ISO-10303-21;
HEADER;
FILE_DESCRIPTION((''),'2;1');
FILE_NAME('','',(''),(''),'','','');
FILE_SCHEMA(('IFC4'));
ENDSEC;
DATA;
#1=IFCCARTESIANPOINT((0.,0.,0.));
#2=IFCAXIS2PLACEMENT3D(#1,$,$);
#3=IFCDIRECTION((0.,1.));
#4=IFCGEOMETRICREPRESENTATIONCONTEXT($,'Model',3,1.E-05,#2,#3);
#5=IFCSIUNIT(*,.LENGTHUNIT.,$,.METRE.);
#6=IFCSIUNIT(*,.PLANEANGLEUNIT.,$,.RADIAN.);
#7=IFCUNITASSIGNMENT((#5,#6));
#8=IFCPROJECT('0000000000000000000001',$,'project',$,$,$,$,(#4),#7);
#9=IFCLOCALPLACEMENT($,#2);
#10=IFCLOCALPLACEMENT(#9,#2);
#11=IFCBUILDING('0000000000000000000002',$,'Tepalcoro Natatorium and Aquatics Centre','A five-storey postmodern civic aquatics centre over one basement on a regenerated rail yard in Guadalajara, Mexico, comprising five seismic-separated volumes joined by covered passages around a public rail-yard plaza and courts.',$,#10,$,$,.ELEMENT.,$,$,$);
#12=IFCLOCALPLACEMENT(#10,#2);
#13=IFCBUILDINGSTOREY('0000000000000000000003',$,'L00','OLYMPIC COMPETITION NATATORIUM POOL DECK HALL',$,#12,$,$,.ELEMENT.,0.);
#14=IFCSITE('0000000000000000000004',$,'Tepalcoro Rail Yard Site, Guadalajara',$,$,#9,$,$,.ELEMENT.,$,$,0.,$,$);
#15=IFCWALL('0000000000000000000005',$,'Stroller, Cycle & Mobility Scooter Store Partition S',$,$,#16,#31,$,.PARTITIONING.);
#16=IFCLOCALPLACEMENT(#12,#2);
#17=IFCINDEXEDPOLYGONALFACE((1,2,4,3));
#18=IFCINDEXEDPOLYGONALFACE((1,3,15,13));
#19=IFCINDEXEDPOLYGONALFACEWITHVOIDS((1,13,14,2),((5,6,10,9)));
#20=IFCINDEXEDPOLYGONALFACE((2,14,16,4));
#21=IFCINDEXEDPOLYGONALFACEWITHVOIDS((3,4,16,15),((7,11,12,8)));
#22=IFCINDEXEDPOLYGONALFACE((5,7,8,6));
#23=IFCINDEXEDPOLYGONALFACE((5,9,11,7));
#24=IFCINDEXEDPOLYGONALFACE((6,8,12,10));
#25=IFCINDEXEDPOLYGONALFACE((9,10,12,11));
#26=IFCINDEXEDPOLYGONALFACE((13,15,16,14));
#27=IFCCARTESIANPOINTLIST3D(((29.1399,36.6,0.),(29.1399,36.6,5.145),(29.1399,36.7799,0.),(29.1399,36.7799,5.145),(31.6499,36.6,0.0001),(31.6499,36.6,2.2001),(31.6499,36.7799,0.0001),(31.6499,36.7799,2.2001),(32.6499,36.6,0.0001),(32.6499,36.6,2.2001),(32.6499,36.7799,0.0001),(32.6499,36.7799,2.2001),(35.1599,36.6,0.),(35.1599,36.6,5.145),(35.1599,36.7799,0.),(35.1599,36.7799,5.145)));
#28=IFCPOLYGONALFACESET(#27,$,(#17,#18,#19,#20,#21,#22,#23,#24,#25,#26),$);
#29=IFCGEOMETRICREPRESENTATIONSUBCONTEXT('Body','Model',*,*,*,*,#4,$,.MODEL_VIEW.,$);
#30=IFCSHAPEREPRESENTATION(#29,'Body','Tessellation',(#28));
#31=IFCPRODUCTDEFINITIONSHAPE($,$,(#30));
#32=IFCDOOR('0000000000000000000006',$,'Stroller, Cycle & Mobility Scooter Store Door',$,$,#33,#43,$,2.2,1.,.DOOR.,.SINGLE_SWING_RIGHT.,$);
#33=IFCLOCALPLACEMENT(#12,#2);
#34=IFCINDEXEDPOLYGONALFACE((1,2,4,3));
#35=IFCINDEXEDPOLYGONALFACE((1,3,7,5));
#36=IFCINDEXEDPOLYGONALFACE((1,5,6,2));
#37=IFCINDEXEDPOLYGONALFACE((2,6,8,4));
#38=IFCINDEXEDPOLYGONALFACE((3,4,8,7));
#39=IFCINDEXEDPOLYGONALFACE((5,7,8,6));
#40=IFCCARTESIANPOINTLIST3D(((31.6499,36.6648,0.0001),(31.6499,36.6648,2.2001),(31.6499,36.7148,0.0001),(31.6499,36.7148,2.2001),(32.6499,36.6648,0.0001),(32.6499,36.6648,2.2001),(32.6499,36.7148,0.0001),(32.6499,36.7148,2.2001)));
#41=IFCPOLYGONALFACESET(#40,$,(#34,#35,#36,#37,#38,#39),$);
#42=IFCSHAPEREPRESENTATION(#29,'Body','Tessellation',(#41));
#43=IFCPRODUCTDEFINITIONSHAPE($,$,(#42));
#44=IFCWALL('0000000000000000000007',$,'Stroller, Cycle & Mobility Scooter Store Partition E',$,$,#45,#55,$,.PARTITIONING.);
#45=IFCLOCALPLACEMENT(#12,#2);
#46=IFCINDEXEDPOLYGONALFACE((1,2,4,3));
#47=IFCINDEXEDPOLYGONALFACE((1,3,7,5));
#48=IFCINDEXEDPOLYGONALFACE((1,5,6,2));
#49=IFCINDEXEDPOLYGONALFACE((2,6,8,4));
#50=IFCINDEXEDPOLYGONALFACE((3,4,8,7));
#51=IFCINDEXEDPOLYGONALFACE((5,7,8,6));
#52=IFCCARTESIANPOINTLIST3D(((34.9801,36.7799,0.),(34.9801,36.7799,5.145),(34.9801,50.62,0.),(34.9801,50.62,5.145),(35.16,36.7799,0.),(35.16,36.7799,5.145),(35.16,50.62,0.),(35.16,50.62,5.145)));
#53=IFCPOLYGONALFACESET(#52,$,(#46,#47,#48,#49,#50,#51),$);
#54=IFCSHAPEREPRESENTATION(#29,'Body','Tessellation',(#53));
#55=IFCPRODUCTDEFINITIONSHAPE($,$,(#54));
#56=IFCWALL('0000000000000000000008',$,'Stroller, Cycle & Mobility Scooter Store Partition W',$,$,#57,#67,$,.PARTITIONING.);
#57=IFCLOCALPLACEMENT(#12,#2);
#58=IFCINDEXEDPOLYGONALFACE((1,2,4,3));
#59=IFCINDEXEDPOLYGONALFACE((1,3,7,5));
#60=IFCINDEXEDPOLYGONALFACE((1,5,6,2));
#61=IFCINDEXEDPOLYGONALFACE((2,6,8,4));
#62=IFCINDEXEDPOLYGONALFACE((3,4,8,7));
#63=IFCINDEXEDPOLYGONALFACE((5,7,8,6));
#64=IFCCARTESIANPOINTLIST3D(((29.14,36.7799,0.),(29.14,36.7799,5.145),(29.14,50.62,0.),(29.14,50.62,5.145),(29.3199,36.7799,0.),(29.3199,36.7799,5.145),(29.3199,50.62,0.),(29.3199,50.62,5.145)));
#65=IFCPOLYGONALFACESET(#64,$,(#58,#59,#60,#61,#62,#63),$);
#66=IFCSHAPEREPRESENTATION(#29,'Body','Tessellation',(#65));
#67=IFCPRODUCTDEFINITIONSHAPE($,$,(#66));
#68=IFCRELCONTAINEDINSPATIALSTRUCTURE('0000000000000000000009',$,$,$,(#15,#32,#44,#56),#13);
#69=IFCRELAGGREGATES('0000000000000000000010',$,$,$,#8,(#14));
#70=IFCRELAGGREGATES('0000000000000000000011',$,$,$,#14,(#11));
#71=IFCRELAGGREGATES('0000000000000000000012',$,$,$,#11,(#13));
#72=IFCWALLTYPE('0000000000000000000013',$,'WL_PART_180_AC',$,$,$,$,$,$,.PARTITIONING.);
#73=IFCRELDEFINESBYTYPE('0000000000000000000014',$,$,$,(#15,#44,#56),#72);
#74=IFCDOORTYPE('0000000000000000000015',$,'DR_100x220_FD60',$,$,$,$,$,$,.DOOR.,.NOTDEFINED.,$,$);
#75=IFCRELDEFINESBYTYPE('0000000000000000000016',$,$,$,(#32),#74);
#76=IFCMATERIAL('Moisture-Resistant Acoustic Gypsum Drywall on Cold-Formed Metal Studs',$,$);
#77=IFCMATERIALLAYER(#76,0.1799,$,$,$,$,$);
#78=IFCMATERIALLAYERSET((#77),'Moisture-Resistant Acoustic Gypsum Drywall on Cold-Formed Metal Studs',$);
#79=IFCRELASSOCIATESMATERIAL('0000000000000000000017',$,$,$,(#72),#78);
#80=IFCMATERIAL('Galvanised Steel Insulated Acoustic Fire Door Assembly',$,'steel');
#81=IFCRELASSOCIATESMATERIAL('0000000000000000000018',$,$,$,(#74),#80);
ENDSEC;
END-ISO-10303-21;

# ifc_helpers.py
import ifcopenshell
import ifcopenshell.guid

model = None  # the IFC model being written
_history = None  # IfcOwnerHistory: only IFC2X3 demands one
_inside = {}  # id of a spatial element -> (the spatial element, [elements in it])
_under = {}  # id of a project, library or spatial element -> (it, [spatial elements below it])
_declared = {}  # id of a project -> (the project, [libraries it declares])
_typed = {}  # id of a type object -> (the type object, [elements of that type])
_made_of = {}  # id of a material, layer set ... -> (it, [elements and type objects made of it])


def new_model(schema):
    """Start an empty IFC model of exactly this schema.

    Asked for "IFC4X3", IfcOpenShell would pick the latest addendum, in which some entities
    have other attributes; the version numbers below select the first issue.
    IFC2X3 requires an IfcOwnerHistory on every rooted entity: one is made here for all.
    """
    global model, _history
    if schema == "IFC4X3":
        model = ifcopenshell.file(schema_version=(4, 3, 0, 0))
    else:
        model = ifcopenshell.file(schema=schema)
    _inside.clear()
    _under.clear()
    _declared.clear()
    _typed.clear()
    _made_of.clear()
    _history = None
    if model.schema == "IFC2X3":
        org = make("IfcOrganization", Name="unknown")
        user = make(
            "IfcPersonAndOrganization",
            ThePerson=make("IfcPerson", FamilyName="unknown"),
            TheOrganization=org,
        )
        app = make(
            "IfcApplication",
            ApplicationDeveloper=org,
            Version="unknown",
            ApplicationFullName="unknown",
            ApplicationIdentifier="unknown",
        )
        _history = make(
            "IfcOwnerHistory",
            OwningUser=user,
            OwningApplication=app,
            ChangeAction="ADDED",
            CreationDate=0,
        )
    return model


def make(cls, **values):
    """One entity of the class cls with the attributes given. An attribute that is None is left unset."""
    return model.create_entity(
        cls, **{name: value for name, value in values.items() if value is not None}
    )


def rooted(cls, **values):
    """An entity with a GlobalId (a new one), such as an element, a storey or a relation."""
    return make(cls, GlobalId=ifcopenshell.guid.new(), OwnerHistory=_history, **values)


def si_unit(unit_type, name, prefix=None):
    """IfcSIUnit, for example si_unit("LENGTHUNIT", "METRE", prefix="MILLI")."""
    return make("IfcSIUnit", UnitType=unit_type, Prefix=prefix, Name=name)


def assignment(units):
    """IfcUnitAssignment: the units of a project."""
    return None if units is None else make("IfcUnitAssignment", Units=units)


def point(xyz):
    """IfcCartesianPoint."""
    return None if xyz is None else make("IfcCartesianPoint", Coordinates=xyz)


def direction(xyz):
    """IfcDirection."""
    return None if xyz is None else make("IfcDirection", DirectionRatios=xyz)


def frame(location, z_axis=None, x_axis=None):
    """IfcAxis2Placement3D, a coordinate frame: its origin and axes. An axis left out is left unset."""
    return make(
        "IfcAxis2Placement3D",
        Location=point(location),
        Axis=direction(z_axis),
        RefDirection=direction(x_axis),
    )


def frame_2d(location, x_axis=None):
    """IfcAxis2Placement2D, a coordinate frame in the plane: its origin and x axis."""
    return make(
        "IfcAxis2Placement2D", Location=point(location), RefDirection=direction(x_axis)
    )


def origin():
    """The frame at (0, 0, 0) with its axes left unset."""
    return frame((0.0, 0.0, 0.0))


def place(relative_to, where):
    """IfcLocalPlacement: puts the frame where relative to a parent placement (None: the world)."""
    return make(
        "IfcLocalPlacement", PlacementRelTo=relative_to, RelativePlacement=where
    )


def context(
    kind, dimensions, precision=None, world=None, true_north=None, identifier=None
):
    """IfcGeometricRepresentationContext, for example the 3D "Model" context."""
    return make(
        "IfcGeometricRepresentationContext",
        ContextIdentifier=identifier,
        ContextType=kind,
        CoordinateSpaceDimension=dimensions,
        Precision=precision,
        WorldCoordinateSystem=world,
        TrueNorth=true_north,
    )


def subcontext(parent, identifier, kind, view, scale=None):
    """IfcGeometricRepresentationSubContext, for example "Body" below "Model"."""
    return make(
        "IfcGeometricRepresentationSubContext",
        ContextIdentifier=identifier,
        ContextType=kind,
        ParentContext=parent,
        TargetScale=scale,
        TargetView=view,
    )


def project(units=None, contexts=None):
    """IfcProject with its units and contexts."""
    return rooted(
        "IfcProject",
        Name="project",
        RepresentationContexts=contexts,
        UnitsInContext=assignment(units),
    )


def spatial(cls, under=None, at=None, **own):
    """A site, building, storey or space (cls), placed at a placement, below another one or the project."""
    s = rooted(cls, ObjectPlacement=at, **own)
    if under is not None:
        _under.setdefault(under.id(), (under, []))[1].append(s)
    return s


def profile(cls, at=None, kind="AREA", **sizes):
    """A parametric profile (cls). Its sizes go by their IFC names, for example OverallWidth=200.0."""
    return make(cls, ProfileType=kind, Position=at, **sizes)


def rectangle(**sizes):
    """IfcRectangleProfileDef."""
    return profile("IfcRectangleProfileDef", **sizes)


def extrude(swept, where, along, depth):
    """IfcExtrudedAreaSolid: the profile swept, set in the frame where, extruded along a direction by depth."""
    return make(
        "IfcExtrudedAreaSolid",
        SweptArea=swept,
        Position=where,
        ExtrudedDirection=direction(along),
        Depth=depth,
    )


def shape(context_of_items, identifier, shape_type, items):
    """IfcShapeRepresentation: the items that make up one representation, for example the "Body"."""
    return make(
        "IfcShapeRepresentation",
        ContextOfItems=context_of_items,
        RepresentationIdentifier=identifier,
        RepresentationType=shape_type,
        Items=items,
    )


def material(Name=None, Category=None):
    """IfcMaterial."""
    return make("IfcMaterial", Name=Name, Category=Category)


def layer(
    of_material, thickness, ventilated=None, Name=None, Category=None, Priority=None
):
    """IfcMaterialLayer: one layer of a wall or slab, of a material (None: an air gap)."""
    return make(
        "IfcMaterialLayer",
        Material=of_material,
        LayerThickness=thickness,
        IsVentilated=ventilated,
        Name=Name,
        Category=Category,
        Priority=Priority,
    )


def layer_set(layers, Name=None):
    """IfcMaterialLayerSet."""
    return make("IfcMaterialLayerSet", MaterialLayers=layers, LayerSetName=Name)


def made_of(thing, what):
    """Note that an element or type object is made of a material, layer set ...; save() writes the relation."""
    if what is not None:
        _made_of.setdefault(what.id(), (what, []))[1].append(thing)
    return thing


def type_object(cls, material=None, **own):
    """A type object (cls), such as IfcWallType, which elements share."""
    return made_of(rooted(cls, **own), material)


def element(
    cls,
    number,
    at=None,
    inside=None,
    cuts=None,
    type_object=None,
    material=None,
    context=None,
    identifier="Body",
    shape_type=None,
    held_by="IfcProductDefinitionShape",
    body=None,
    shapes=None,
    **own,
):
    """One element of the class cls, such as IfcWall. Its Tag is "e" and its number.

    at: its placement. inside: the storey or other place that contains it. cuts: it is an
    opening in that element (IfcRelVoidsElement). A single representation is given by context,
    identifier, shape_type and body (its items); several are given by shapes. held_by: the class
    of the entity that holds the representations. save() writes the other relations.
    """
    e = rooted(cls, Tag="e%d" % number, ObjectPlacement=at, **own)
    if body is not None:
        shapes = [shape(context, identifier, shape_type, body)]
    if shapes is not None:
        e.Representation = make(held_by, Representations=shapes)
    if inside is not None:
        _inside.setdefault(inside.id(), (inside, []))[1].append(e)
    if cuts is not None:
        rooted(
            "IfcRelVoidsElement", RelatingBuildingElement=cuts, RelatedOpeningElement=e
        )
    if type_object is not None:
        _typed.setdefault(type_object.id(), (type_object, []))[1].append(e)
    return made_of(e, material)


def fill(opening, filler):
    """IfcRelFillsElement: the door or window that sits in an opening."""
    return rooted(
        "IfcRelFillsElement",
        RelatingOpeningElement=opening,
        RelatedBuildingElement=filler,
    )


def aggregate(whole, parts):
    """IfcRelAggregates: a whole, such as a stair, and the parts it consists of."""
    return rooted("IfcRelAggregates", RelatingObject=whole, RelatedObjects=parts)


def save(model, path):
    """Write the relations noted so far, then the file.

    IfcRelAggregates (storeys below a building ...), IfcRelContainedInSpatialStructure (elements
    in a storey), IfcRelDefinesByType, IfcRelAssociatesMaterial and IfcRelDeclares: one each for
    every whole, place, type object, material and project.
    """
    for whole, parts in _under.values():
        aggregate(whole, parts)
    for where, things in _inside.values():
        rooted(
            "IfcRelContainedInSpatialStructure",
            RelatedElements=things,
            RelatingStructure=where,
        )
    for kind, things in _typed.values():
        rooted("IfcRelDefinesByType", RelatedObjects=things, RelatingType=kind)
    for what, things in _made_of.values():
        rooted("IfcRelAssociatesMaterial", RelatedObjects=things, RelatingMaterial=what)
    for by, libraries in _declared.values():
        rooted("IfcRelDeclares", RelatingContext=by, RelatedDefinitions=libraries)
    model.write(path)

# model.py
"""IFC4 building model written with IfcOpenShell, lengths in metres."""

from ifc_helpers import new_model, si_unit, direction, frame, frame_2d, origin, place, context, subcontext, project, spatial, rectangle, extrude, material, layer, layer_set, type_object, element, fill, save


model = new_model("IFC4")

# Units and contexts
model_context = context("Model", 3, precision=1e-05, world=origin(), true_north=direction((0.0, 1.0)))
body_context = subcontext(model_context, "Body", "Model", "MODEL_VIEW")
ifc_project = project(units=[si_unit("LENGTHUNIT", "METRE"), si_unit("PLANEANGLEUNIT", "RADIAN")], contexts=[model_context])

# Site, building, storey
site_placement = place(None, origin())
site = spatial("IfcSite", under=ifc_project, at=site_placement, Name="Tepalcoro Rail Yard Site, Guadalajara", CompositionType="ELEMENT", RefElevation=0.0)
building_placement = place(site_placement, origin())
building = spatial("IfcBuilding", under=site, at=building_placement, Name="Tepalcoro Natatorium and Aquatics Centre", Description="A five-storey postmodern civic aquatics centre over one basement on a regenerated rail yard in Guadalajara, Mexico, comprising five seismic-separated volumes joined by covered passages around a public rail-yard plaza and courts.", CompositionType="ELEMENT")
storey_placement = place(building_placement, origin())
storey = spatial("IfcBuildingStorey", under=building, at=storey_placement, Name="L00", Description="OLYMPIC COMPETITION NATATORIUM POOL DECK HALL", CompositionType="ELEMENT", Elevation=0.0)

# Wall, opening, door
ifc_material_1 = material(Name="Moisture-Resistant Acoustic Gypsum Drywall on Cold-Formed Metal Studs")
ifc_layer_1 = layer(ifc_material_1, 0.1799)
ifc_layer_set_1 = layer_set([ifc_layer_1], Name="Moisture-Resistant Acoustic Gypsum Drywall on Cold-Formed Metal Studs")
wall_type_1 = type_object("IfcWallType", Name="WL_PART_180_AC", PredefinedType="PARTITIONING", material=ifc_layer_set_1)
wall_1_placement = place(storey_placement, frame((29.1399, 36.6899, 0.0), z_axis=(0.0, 0.0, 1.0), x_axis=(1.0, 0.0, 0.0)))
wall_1 = element("IfcWall", 1, at=wall_1_placement, inside=storey, type_object=wall_type_1, Name="Stroller, Cycle & Mobility Scooter Store Partition S", PredefinedType="PARTITIONING", context=body_context, shape_type="SweptSolid", body=[
    extrude(rectangle(XDim=6.02, YDim=0.1799, at=frame_2d((3.01, 0.0))), origin(), (0.0, 0.0, 1.0), 5.145),
])
opening_1_placement = place(wall_1_placement, frame((2.51, 0.0, 0.0)))
opening_1 = element("IfcOpeningElement", 2, at=opening_1_placement, cuts=wall_1, PredefinedType="OPENING", context=body_context, shape_type="SweptSolid", body=[
    extrude(rectangle(XDim=1.0, YDim=2.2, at=frame_2d((0.5, 1.1001))), frame((0.0, 0.1021, 0.0), z_axis=(0.0, -1.0, 0.0), x_axis=(1.0, 0.0, 0.0)), (0.0, 0.0, 1.0), 0.2039),
])
ifc_material_2 = material(Name="Galvanised Steel Insulated Acoustic Fire Door Assembly", Category="steel")
door_type_1 = type_object("IfcDoorType", Name="DR_100x220_FD60", OperationType="NOTDEFINED", PredefinedType="DOOR", material=ifc_material_2)
door_1_placement = place(opening_1_placement, origin())
door_1 = element("IfcDoor", 3, at=door_1_placement, inside=storey, type_object=door_type_1, Name="Stroller, Cycle & Mobility Scooter Store Door", OperationType="SINGLE_SWING_RIGHT", OverallHeight=2.2, OverallWidth=1.0, PredefinedType="DOOR", context=body_context, shape_type="SweptSolid", body=[
    extrude(rectangle(XDim=1.0, YDim=2.2, at=frame_2d((0.5, 1.1001))), frame((0.0, 0.0249, 0.0), z_axis=(0.0, -1.0, 0.0), x_axis=(1.0, 0.0, 0.0)), (0.0, 0.0, 1.0), 0.05),
])
fill(opening_1, door_1)

# Walls
for number, where, z_axis, x_axis, name in (
    (4, (35.0701, 36.78, 0.0), (0.0, 0.0, 1.0), (0.0, 1.0, 0.0), "Stroller, Cycle & Mobility Scooter Store Partition E"),
    (5, (29.23, 36.78, 0.0), (0.0, 0.0, 1.0), (0.0, 1.0, 0.0), "Stroller, Cycle & Mobility Scooter Store Partition W"),
):
    element("IfcWall", number, at=place(storey_placement, frame(where, z_axis=z_axis, x_axis=x_axis)), inside=storey, type_object=wall_type_1, Name=name, PredefinedType="PARTITIONING", context=body_context, shape_type="SweptSolid", body=[
        extrude(rectangle(XDim=13.8401, YDim=0.1799, at=frame_2d((6.9199, 0.0))), origin(), (0.0, 0.0, 1.0), 5.145),
    ])

save(model, "model.ifc")
